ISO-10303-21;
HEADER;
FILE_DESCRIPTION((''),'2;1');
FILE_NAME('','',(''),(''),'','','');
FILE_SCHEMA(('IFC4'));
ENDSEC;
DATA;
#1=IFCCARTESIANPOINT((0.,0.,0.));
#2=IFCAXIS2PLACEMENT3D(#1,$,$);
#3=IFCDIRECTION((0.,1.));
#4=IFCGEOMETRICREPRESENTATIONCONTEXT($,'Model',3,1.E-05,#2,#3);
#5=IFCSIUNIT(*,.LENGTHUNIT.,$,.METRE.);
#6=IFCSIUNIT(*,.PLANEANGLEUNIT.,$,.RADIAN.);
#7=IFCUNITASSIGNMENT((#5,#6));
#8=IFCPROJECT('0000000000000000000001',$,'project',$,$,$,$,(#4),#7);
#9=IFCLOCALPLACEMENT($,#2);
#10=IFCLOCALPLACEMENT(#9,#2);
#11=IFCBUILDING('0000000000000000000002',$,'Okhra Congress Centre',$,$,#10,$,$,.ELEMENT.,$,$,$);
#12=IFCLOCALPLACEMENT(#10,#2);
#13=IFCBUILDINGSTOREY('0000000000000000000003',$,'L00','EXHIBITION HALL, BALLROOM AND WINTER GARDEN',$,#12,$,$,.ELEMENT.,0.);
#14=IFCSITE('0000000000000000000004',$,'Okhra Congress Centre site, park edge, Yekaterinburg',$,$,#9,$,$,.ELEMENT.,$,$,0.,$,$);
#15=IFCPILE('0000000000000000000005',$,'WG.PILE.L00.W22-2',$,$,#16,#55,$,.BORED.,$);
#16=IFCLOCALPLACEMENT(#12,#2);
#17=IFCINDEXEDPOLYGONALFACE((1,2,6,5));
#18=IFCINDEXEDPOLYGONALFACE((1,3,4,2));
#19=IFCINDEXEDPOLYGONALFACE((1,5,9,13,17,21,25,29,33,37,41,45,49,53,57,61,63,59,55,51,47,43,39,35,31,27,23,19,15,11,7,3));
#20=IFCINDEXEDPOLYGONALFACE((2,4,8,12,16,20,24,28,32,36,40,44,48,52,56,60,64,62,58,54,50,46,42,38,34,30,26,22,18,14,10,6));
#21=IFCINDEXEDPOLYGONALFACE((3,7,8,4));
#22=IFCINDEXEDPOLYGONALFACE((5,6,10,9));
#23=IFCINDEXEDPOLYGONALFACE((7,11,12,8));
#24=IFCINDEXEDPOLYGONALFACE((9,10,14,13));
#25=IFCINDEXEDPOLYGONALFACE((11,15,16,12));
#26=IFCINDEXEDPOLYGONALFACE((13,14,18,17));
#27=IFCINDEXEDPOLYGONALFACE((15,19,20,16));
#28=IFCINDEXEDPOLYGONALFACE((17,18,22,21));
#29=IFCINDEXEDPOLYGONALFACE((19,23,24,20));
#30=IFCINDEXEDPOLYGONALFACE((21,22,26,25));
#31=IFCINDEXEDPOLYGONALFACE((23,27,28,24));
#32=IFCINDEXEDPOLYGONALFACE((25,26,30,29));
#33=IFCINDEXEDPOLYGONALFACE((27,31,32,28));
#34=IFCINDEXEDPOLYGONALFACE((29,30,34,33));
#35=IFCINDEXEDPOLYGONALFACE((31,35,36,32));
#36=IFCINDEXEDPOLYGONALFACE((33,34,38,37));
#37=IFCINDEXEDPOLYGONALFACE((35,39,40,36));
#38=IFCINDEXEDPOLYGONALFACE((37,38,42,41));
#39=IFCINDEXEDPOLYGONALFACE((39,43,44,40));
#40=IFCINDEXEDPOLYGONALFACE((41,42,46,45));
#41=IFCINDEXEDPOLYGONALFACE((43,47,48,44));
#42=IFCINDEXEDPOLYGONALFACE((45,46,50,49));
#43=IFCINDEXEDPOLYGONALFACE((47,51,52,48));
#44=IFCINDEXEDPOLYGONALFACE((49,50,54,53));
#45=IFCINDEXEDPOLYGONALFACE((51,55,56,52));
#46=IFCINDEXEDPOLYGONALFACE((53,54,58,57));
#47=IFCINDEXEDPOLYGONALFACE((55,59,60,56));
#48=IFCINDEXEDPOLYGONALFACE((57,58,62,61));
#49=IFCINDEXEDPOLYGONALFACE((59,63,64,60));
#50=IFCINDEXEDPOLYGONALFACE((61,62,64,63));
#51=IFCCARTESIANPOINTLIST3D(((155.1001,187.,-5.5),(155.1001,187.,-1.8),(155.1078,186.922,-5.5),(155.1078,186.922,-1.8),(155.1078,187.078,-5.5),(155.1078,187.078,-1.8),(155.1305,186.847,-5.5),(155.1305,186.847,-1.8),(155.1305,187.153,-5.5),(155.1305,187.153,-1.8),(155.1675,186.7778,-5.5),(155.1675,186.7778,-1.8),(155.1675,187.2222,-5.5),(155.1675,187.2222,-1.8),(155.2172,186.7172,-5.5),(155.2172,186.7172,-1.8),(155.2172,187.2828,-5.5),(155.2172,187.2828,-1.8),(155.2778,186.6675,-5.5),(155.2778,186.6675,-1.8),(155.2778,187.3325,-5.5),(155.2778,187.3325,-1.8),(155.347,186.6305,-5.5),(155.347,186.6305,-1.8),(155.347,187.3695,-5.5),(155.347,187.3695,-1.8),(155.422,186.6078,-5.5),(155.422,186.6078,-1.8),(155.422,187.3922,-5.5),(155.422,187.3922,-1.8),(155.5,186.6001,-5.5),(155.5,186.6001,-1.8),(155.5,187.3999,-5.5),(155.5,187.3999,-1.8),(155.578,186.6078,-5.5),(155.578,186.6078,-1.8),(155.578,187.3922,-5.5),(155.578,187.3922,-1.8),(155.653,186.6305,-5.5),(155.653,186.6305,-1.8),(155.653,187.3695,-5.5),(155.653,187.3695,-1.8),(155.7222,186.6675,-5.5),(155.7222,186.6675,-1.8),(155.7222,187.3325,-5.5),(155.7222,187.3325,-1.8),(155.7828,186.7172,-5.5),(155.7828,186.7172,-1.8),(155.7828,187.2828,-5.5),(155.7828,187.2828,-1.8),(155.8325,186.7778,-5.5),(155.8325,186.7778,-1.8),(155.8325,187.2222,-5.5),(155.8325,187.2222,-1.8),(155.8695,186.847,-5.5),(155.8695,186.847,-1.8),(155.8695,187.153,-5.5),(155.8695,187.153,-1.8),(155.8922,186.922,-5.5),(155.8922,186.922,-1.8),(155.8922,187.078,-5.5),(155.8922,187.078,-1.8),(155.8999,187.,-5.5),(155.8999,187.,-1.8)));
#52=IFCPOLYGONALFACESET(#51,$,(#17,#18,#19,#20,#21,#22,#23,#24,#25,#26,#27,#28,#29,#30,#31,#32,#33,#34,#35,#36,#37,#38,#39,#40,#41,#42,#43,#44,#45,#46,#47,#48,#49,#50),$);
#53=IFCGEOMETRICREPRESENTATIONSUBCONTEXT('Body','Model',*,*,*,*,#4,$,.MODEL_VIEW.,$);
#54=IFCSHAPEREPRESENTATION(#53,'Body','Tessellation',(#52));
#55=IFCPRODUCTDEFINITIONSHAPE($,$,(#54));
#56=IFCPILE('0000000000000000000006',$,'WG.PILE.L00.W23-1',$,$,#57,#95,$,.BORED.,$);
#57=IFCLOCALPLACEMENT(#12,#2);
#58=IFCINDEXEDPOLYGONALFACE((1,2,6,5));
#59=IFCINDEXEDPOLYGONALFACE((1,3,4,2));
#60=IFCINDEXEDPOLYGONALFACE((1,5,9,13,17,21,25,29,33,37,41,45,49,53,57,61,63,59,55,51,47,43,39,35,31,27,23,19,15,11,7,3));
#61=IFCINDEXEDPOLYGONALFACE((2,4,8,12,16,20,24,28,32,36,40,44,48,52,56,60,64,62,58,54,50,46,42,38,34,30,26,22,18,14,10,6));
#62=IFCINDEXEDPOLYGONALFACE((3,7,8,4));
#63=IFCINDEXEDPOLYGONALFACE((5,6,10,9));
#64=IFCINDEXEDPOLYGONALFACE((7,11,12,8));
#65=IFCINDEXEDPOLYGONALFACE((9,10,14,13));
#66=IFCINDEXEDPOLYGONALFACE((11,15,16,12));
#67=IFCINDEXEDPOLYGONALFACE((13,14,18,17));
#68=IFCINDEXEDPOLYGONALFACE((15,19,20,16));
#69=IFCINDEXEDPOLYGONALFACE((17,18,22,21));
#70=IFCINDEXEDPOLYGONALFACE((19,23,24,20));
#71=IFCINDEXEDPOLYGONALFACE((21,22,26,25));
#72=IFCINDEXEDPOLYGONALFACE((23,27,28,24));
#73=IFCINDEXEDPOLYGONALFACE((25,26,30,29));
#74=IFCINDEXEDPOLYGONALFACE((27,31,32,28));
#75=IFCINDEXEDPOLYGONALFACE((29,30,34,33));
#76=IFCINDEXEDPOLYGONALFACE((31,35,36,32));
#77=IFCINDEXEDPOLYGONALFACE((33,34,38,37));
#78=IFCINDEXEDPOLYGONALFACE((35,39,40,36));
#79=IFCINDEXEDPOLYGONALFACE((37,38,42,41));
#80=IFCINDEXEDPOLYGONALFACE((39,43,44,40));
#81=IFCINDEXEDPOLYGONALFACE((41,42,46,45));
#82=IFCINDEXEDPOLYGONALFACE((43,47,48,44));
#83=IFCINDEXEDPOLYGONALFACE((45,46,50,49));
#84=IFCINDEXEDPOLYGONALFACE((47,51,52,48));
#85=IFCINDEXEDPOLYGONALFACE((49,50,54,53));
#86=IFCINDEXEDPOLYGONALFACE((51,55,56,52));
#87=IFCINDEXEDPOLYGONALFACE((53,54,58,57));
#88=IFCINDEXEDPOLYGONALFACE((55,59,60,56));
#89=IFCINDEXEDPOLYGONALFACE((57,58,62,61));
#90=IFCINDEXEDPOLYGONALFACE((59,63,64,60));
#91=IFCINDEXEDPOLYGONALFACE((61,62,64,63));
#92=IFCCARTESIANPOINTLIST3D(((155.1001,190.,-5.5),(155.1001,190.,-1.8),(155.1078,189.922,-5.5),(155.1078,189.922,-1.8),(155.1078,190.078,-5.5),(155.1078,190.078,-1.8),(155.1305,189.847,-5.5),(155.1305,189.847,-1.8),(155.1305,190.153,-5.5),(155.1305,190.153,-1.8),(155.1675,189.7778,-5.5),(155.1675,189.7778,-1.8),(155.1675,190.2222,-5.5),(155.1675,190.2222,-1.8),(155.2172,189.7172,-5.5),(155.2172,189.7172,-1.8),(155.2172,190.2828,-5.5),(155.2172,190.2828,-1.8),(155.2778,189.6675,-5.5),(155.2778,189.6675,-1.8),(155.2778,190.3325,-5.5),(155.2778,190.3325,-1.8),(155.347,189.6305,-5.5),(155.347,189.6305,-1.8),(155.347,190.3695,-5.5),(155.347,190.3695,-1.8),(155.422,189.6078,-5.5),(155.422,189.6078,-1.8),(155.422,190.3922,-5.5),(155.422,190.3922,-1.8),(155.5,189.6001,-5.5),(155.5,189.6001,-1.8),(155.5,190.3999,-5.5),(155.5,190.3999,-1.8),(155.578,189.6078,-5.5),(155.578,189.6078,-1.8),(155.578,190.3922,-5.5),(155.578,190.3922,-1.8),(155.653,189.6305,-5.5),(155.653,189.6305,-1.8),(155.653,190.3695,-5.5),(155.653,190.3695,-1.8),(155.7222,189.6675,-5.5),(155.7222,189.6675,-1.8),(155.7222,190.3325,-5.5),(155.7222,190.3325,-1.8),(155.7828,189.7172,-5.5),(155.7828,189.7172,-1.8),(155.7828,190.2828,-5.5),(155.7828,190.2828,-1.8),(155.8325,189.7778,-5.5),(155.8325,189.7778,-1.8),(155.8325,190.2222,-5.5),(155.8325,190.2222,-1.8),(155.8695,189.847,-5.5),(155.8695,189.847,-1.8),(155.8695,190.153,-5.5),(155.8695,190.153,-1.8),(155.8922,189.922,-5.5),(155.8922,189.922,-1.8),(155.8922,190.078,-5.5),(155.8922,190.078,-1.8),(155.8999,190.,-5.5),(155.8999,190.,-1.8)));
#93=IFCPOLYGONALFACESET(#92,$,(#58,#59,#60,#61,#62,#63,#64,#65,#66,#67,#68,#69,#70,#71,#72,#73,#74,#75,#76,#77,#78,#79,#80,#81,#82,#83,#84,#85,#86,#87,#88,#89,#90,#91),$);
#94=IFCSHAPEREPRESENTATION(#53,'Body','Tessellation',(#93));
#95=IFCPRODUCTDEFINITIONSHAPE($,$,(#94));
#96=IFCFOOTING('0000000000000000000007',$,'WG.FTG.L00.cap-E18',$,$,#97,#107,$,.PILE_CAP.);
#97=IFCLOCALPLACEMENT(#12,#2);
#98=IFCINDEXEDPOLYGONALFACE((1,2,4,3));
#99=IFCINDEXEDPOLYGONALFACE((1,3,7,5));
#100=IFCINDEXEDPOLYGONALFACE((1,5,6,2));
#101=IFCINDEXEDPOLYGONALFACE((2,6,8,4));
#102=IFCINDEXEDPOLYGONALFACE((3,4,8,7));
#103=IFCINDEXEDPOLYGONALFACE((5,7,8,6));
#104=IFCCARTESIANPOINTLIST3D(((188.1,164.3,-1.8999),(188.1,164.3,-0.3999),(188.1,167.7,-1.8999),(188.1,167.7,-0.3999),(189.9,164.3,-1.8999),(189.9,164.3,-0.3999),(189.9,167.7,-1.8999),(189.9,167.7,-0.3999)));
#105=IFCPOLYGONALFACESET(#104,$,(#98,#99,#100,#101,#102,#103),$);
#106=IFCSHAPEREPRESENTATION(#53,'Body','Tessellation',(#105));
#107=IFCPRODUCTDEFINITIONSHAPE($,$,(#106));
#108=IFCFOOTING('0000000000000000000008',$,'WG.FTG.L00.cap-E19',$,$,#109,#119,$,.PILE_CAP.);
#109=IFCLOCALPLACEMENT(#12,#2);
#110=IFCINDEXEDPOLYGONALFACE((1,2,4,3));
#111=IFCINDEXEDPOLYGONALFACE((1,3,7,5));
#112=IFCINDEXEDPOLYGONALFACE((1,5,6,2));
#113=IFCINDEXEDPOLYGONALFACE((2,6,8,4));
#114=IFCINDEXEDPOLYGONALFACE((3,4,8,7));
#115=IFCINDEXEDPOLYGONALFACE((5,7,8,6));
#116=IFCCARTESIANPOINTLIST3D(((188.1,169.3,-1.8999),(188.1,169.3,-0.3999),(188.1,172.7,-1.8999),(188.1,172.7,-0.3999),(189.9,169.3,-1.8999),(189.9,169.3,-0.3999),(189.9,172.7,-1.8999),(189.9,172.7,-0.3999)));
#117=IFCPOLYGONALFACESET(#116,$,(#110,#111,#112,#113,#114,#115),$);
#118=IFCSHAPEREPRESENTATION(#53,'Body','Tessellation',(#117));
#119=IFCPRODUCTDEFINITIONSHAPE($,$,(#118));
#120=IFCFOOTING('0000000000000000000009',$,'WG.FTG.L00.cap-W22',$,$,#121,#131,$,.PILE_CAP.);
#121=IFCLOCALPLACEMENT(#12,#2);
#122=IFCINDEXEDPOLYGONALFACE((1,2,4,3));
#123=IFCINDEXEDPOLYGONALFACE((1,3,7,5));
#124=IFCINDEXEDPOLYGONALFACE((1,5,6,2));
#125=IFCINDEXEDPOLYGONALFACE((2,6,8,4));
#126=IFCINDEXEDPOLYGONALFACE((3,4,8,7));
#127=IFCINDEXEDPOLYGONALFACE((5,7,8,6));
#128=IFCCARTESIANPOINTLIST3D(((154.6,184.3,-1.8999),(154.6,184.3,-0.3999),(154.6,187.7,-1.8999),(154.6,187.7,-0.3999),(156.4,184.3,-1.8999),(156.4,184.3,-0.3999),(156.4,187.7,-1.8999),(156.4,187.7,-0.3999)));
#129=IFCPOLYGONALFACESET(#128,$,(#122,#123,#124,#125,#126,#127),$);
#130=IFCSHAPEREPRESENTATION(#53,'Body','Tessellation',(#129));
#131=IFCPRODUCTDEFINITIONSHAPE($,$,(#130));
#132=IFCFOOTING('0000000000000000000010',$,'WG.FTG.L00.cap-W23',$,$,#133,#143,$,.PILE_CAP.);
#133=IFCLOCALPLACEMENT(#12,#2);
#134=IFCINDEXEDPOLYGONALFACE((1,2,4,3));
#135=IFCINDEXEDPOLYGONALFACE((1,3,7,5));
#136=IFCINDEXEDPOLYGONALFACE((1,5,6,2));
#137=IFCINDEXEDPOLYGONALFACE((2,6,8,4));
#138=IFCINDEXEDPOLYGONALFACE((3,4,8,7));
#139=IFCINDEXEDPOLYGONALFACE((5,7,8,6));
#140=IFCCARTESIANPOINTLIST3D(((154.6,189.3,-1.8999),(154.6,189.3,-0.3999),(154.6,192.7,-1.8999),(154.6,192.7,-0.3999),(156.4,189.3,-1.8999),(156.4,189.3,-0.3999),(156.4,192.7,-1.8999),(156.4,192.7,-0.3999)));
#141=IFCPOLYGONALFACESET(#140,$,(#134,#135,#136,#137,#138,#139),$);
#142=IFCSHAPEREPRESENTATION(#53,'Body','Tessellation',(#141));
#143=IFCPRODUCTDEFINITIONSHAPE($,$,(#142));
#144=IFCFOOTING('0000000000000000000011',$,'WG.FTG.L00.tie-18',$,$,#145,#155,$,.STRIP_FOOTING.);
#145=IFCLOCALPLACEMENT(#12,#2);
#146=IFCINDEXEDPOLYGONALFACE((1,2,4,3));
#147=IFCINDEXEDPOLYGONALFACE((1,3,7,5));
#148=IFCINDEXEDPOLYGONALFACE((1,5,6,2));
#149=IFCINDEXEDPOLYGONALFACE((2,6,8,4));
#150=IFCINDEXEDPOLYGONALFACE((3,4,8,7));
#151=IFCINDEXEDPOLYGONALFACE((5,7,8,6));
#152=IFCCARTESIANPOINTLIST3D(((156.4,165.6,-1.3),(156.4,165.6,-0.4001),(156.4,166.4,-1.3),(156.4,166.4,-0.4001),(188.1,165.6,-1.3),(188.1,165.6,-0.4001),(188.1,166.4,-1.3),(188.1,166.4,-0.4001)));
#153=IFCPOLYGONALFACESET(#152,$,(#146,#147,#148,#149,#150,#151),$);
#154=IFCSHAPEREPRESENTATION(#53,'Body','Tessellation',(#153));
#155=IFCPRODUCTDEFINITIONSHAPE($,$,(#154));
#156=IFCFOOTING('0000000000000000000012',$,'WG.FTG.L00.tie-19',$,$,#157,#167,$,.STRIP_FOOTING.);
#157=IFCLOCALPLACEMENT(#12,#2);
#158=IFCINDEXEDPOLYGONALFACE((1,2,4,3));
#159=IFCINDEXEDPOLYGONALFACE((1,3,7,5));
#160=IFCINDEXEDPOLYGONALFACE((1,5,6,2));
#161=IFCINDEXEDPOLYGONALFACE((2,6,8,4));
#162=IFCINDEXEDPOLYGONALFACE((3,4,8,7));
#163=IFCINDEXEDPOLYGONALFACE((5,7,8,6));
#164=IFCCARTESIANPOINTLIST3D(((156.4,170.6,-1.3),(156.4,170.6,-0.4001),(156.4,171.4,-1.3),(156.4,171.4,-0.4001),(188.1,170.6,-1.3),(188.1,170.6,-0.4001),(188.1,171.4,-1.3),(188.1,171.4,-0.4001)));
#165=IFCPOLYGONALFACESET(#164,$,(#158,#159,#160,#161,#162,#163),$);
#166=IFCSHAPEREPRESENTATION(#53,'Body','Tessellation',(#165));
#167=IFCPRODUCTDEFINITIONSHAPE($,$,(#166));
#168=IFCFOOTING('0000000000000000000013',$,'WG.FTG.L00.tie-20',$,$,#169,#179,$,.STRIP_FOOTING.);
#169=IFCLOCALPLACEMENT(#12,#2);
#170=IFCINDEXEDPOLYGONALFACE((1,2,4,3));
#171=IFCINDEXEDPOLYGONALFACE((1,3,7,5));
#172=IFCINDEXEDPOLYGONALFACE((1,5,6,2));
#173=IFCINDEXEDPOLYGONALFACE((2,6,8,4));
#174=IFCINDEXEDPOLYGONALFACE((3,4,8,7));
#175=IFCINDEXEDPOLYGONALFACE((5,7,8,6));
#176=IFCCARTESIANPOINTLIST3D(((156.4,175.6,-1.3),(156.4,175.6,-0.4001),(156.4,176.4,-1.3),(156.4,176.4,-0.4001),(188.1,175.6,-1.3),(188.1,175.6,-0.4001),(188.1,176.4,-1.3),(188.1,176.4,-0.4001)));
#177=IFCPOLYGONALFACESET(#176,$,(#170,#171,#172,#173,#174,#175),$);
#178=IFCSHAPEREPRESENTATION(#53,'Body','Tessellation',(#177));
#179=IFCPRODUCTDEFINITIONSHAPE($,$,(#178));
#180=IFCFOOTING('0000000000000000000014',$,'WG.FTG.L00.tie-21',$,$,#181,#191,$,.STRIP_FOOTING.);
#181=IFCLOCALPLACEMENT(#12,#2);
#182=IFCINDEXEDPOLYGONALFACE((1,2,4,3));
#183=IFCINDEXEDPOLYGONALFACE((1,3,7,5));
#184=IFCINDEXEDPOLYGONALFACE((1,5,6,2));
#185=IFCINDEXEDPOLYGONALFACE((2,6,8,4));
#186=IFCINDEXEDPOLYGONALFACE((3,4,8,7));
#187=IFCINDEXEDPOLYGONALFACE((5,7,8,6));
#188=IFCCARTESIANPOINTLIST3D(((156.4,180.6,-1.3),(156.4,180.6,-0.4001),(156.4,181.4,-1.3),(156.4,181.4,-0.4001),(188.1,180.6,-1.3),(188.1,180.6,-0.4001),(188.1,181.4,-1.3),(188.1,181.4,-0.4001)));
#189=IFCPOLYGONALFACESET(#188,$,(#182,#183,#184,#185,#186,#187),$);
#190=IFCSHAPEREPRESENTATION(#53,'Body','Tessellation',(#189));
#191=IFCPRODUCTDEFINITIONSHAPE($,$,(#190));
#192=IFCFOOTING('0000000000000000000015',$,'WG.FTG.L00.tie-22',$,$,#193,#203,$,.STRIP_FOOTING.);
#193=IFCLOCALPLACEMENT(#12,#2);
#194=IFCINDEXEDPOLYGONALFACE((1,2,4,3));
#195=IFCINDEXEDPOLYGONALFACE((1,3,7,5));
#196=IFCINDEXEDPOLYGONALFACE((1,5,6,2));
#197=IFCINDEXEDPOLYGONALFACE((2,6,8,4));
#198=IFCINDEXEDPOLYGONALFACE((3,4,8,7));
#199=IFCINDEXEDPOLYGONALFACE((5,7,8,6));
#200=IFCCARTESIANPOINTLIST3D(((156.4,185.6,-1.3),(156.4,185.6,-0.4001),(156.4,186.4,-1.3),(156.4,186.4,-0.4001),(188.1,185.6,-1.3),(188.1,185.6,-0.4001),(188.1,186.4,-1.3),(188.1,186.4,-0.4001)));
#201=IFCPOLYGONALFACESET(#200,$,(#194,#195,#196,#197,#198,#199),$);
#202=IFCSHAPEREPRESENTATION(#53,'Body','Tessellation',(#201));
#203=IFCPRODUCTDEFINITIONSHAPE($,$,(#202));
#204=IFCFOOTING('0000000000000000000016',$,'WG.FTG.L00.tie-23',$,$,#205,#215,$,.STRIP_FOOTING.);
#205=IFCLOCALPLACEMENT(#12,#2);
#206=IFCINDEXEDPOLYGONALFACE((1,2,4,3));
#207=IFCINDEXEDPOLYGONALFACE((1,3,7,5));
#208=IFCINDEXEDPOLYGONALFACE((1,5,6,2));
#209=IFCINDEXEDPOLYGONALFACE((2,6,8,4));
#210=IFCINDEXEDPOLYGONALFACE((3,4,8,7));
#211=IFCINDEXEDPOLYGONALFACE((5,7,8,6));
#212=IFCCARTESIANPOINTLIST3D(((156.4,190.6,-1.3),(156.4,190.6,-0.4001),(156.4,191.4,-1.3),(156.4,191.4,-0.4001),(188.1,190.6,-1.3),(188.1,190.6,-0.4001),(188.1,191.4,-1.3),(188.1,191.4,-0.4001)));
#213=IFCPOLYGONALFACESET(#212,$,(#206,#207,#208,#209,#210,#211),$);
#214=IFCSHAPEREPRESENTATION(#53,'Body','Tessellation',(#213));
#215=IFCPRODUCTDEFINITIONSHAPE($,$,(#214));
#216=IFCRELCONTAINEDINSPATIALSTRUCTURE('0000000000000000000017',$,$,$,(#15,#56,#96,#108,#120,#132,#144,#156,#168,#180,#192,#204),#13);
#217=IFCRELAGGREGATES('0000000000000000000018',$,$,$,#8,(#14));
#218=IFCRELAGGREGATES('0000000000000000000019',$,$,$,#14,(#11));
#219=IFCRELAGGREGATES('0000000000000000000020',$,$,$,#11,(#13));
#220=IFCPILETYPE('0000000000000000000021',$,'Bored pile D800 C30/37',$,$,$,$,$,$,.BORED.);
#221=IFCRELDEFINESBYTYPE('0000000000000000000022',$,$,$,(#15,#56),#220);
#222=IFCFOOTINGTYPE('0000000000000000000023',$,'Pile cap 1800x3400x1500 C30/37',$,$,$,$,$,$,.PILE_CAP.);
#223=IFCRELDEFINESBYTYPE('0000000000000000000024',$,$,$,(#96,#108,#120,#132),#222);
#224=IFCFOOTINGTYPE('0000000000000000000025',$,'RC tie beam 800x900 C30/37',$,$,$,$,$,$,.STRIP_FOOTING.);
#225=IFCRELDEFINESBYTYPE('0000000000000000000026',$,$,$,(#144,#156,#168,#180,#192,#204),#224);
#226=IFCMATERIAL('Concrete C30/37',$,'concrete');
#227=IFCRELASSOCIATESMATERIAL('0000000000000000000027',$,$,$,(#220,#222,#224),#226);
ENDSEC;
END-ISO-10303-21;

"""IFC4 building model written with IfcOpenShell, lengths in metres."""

from ifc_helpers import new_model, si_unit, direction, frame, origin, origin_2d, place, context, subcontext, project, spatial, rectangle, circle, extrude, material, material_profile, profile_set, type_object, element, save


model = new_model("IFC4")

# Units and contexts
model_context = context("Model", 3, precision=1e-05, world=origin(), true_north=direction((0.0, 1.0)))
body_context = subcontext(model_context, "Body", "Model", "MODEL_VIEW")
ifc_project = project(units=[si_unit("LENGTHUNIT", "METRE"), si_unit("PLANEANGLEUNIT", "RADIAN")], contexts=[model_context])

# Site, building, storey
site_placement = place(None, origin())
site = spatial("IfcSite", under=ifc_project, at=site_placement, Name="Okhra Congress Centre site, park edge, Yekaterinburg", CompositionType="ELEMENT", RefElevation=0.0)
building_placement = place(site_placement, origin())
building = spatial("IfcBuilding", under=site, at=building_placement, Name="Okhra Congress Centre", CompositionType="ELEMENT")
storey_placement = place(building_placement, origin())
storey = spatial("IfcBuildingStorey", under=building, at=storey_placement, Name="L00", Description="EXHIBITION HALL, BALLROOM AND WINTER GARDEN", CompositionType="ELEMENT", Elevation=0.0)

# Piles
ifc_material_1 = material(Name="Concrete C30/37", Category="concrete")
ifc_material_profile_1 = material_profile(ifc_material_1, circle(Radius=0.3999, at=origin_2d()), Name="D800")
ifc_profile_set_1 = profile_set([ifc_material_profile_1], Name="Concrete C30/37")
pile_type = type_object("IfcPileType", Name="Bored pile D800 C30/37", PredefinedType="BORED", material=ifc_profile_set_1)
for number, where, z_axis, x_axis, name in (
    (1, (155.5, 187.0, -1.8), (0.0, 0.0, -1.0), (1.0, 0.0, 0.0), "WG.PILE.L00.W22-2"),
    (2, (155.5, 190.0, -1.8), (0.0, 0.0, -1.0), (1.0, 0.0, 0.0), "WG.PILE.L00.W23-1"),
):
    element("IfcPile", number, at=place(storey_placement, frame(where, z_axis=z_axis, x_axis=x_axis)), inside=storey, type_object=pile_type, Name=name, PredefinedType="BORED", context=body_context, shape_type="SweptSolid", body=[
        extrude(circle(Radius=0.3999, at=origin_2d()), origin(), (0.0, 0.0, 1.0), 3.7),
    ])

# Footings
footing_type_1 = type_object("IfcFootingType", Name="Pile cap 1800x3400x1500 C30/37", PredefinedType="PILE_CAP", material=ifc_material_1)
for number, where, z_axis, x_axis, name in (
    (3, (189.0, 166.0, -1.8999), (0.0, 0.0, 1.0), (1.0, 0.0, 0.0), "WG.FTG.L00.cap-E18"),
    (4, (189.0, 171.0, -1.8999), (0.0, 0.0, 1.0), (1.0, 0.0, 0.0), "WG.FTG.L00.cap-E19"),
    (5, (155.5, 186.0, -1.8999), (0.0, 0.0, 1.0), (1.0, 0.0, 0.0), "WG.FTG.L00.cap-W22"),
    (6, (155.5, 191.0, -1.8999), (0.0, 0.0, 1.0), (1.0, 0.0, 0.0), "WG.FTG.L00.cap-W23"),
):
    element("IfcFooting", number, at=place(storey_placement, frame(where, z_axis=z_axis, x_axis=x_axis)), inside=storey, type_object=footing_type_1, Name=name, PredefinedType="PILE_CAP", context=body_context, shape_type="SweptSolid", body=[
        extrude(rectangle(XDim=1.8, YDim=3.3999, at=origin_2d()), origin(), (0.0, 0.0, 1.0), 1.5),
    ])
footing_type_2 = type_object("IfcFootingType", Name="RC tie beam 800x900 C30/37", PredefinedType="STRIP_FOOTING", material=ifc_material_1)
for number, where, z_axis, x_axis, name in (
    (7, (172.25, 166.0, -1.3), (0.0, 0.0, 1.0), (1.0, 0.0, 0.0), "WG.FTG.L00.tie-18"),
    (8, (172.25, 171.0, -1.3), (0.0, 0.0, 1.0), (1.0, 0.0, 0.0), "WG.FTG.L00.tie-19"),
    (9, (172.25, 176.0, -1.3), (0.0, 0.0, 1.0), (1.0, 0.0, 0.0), "WG.FTG.L00.tie-20"),
    (10, (172.25, 181.0, -1.3), (0.0, 0.0, 1.0), (1.0, 0.0, 0.0), "WG.FTG.L00.tie-21"),
    (11, (172.25, 186.0, -1.3), (0.0, 0.0, 1.0), (1.0, 0.0, 0.0), "WG.FTG.L00.tie-22"),
    (12, (172.25, 191.0, -1.3), (0.0, 0.0, 1.0), (1.0, 0.0, 0.0), "WG.FTG.L00.tie-23"),
):
    element("IfcFooting", number, at=place(storey_placement, frame(where, z_axis=z_axis, x_axis=x_axis)), inside=storey, type_object=footing_type_2, Name=name, PredefinedType="STRIP_FOOTING", context=body_context, shape_type="SweptSolid", body=[
        extrude(rectangle(XDim=31.7, YDim=0.8, at=origin_2d()), origin(), (0.0, 0.0, 1.0), 0.8999),
    ])

save(model, "model.ifc")
